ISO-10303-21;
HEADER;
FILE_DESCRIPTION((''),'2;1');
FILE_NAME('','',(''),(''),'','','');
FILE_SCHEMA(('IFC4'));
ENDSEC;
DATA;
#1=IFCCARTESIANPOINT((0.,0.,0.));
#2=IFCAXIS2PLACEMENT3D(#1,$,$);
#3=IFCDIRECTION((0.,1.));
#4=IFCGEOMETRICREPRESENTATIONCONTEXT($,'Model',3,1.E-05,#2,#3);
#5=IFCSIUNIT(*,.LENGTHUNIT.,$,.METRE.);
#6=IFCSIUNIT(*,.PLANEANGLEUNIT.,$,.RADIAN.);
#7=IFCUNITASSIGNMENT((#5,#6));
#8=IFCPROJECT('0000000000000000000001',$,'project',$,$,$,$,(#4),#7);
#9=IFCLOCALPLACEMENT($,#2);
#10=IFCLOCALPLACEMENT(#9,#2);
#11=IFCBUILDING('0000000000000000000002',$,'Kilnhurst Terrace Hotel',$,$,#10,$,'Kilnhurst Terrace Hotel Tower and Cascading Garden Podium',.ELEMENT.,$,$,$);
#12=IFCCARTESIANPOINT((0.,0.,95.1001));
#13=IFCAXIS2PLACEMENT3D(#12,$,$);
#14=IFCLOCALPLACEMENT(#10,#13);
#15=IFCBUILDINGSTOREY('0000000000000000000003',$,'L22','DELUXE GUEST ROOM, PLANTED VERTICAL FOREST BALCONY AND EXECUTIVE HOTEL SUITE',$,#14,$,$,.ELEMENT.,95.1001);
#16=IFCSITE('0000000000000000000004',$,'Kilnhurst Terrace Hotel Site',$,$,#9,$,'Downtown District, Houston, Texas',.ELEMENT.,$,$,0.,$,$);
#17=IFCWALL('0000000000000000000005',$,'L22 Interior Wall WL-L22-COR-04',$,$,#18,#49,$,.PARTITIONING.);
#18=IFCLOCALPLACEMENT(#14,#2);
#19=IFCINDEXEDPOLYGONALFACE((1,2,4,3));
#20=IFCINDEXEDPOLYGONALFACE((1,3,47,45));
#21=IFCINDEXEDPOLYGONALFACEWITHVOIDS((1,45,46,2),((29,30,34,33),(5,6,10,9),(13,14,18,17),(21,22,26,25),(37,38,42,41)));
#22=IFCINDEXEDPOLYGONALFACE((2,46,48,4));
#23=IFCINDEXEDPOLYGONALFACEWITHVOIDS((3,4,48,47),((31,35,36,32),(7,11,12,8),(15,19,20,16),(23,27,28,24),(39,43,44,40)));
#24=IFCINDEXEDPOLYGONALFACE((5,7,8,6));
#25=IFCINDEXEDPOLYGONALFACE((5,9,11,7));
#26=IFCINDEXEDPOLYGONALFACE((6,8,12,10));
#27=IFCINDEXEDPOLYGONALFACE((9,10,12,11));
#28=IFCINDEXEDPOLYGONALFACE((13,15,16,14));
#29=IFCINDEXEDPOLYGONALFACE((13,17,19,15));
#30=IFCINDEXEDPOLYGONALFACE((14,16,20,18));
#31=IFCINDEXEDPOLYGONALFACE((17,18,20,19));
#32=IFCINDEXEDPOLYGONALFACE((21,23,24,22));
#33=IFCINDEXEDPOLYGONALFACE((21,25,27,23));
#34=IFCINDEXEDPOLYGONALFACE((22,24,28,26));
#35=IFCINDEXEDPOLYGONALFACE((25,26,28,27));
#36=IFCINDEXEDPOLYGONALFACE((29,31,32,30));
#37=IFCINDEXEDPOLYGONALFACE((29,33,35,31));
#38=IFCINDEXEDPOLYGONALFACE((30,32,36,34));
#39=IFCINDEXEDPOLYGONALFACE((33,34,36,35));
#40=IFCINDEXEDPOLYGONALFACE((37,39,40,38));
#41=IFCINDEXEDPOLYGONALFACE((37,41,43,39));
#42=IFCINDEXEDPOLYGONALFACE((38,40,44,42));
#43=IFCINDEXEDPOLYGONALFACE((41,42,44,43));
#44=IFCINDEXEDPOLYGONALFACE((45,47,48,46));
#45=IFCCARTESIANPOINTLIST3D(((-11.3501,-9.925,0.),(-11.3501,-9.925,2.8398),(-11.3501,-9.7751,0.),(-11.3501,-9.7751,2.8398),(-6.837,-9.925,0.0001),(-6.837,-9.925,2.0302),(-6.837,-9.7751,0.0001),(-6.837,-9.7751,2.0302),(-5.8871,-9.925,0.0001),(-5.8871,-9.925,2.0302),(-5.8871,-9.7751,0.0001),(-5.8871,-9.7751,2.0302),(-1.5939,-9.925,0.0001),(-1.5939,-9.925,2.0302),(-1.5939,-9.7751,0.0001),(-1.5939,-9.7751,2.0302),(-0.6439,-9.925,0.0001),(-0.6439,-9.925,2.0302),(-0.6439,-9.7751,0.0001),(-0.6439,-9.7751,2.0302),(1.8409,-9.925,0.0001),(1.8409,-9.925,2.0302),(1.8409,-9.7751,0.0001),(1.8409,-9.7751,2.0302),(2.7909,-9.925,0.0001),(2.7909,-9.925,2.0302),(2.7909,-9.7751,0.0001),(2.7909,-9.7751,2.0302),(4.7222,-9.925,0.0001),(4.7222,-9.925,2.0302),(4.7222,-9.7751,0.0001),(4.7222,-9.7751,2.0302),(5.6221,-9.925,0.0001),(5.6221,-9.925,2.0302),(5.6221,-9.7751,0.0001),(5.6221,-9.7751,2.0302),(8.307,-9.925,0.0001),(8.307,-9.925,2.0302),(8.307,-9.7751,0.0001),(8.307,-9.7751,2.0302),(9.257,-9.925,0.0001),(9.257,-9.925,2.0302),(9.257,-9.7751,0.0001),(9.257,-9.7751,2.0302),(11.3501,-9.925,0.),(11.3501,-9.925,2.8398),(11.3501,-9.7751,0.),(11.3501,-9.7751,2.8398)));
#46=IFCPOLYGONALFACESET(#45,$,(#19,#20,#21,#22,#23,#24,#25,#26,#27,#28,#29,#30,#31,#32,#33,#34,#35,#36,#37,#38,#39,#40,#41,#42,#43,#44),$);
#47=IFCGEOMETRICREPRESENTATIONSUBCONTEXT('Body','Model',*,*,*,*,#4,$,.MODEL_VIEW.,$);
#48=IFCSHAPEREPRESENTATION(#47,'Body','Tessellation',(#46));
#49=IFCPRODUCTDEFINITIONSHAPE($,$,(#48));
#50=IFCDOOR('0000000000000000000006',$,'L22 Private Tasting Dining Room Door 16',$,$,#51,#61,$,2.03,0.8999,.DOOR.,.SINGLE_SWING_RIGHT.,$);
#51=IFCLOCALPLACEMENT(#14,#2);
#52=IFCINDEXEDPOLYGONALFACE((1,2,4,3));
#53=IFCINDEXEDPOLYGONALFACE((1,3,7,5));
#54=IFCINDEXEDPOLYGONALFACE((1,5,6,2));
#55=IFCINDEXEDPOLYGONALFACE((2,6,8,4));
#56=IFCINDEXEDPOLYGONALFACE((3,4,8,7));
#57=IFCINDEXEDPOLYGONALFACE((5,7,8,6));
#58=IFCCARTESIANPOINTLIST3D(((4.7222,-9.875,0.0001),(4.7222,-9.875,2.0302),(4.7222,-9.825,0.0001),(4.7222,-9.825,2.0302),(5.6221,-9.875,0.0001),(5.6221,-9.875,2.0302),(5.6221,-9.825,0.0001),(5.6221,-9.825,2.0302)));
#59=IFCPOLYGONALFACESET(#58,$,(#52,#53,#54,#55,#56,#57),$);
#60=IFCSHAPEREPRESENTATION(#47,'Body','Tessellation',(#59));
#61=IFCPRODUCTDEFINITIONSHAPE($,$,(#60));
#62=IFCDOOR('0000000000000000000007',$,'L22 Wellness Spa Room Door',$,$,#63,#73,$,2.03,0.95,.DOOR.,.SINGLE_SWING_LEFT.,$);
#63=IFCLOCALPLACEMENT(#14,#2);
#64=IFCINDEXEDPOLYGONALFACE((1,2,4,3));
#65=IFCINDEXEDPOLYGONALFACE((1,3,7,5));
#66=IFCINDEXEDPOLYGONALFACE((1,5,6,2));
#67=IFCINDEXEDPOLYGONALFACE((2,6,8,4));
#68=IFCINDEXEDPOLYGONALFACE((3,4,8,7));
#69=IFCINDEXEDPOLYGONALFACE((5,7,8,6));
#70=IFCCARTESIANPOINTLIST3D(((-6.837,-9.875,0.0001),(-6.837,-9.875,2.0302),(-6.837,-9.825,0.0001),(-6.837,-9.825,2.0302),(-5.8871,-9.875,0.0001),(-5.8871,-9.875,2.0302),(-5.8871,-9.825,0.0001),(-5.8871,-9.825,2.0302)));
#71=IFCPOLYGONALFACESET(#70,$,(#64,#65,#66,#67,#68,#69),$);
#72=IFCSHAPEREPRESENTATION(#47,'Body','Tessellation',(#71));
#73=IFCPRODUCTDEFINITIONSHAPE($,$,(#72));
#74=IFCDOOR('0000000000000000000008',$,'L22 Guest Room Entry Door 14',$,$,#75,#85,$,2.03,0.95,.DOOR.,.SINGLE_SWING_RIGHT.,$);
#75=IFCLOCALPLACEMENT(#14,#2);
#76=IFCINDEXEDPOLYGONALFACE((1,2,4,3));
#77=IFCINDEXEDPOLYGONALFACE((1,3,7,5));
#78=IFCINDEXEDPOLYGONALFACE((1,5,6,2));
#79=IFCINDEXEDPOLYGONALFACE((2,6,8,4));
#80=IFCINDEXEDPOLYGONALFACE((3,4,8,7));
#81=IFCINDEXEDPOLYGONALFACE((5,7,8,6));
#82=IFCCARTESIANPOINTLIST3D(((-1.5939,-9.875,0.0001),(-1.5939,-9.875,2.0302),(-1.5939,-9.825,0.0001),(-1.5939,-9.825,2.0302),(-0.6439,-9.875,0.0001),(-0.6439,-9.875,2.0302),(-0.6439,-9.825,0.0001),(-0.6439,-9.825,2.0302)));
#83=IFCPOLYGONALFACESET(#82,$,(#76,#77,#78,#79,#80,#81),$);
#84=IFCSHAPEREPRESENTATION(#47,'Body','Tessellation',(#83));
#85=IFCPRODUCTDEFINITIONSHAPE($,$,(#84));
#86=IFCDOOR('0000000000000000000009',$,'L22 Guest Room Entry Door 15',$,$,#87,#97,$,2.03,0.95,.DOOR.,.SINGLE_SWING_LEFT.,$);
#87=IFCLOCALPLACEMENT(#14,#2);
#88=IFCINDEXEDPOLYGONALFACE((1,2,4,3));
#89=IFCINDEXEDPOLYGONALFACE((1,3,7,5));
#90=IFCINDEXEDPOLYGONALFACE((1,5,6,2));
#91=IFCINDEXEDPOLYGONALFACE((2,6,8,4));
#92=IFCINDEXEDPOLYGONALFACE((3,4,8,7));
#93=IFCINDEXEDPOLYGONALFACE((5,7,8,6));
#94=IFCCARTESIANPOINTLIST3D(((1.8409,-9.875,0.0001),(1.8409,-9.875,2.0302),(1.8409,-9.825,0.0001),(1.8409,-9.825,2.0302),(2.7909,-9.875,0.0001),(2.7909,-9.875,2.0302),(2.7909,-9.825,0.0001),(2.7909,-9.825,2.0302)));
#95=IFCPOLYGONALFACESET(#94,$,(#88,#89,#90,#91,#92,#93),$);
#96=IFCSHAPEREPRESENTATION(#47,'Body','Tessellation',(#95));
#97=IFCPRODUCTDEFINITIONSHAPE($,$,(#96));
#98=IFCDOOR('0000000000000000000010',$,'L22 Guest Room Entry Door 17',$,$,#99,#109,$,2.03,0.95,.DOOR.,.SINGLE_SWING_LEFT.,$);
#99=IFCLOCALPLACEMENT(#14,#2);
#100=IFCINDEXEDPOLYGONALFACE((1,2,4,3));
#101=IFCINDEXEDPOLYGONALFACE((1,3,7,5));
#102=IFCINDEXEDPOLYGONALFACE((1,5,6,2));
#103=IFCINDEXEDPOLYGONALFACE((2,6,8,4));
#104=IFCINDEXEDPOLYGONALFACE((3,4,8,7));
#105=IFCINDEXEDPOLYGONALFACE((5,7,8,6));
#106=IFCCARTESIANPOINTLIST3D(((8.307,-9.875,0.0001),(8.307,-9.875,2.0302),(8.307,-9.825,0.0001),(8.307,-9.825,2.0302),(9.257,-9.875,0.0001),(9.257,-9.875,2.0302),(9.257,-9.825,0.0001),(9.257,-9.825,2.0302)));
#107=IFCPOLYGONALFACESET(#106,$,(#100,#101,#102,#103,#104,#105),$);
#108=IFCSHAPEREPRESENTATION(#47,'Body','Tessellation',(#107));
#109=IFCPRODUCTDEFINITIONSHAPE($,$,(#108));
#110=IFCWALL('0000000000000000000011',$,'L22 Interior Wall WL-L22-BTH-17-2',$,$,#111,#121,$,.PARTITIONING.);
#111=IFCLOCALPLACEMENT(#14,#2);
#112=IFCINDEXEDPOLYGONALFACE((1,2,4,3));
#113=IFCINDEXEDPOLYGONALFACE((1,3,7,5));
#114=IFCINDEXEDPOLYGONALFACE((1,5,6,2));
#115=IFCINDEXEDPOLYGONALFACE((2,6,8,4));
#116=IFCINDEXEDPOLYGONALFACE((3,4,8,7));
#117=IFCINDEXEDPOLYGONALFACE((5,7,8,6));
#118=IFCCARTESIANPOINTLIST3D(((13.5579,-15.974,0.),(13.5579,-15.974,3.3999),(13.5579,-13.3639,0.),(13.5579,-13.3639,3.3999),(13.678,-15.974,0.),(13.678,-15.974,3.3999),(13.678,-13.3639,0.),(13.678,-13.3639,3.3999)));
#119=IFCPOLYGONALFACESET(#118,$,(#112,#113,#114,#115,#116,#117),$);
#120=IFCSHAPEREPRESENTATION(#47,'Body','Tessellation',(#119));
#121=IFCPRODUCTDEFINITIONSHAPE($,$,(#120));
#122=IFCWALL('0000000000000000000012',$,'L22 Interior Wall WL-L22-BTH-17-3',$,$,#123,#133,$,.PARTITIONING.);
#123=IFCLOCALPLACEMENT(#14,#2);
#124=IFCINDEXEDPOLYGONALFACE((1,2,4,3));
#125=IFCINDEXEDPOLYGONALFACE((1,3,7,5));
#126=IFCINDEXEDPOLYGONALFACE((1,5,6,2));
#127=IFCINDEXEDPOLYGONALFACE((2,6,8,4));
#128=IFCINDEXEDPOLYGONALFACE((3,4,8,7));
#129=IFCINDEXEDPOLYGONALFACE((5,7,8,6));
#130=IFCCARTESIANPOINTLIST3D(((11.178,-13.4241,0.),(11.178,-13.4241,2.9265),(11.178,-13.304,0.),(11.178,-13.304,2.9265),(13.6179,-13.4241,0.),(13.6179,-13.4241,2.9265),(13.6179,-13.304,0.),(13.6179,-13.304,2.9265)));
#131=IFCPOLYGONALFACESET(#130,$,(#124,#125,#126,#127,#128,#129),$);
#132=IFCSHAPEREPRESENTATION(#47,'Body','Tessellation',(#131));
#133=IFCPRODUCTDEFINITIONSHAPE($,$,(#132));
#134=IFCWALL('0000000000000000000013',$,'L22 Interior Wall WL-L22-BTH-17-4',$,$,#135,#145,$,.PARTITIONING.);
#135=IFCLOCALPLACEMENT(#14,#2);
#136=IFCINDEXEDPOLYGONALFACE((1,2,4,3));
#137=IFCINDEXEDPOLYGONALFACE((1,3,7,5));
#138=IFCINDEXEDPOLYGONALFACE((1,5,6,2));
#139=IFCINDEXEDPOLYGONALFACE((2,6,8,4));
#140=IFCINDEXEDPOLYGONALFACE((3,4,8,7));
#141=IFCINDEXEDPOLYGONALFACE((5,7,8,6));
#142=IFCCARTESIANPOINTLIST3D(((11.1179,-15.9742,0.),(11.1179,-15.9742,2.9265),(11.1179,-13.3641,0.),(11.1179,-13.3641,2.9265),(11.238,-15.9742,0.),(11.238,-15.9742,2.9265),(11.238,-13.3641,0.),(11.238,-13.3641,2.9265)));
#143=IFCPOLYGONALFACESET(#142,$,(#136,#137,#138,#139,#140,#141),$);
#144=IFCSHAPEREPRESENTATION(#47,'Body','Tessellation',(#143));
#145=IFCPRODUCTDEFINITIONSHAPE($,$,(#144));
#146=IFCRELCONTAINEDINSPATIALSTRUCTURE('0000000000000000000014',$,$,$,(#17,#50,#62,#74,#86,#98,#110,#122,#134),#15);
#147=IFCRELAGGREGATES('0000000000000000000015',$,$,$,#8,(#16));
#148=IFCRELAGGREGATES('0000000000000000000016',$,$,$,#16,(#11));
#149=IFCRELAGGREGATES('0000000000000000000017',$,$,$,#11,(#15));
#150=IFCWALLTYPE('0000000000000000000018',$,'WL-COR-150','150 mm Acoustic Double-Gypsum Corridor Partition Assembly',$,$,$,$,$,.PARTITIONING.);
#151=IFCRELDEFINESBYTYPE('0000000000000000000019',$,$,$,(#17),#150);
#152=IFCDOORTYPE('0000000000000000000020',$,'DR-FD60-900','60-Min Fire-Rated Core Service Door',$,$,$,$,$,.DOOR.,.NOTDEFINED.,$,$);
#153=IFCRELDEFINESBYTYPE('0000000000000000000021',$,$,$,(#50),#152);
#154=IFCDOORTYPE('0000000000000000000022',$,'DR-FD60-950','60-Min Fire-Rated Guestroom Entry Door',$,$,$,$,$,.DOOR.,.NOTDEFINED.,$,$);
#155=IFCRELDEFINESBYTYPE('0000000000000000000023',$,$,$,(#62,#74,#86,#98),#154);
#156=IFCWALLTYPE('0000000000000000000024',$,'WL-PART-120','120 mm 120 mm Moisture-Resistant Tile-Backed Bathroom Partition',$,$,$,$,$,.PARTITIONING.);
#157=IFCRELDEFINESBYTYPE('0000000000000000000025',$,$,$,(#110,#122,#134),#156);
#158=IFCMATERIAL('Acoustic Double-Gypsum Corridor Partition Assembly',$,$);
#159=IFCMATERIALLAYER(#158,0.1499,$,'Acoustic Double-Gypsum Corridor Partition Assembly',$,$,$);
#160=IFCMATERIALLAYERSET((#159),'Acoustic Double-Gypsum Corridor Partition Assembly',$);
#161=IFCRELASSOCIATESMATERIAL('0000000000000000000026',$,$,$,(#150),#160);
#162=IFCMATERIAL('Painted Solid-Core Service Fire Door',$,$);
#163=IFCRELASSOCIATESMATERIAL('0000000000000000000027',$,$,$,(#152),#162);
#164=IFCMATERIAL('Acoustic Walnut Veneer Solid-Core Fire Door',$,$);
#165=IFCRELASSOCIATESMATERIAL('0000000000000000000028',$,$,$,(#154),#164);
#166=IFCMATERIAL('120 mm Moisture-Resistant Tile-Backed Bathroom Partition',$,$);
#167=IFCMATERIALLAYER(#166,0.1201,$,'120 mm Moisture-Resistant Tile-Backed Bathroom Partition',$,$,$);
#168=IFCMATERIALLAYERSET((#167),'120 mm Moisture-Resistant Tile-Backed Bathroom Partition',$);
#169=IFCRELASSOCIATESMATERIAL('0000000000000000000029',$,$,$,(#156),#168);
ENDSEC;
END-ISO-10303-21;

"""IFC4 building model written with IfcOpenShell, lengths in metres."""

from ifc_helpers import new_model, si_unit, direction, frame, frame_2d, origin, place, context, subcontext, project, spatial, rectangle, extrude, material, layer, layer_set, type_object, element, fill, save


model = new_model("IFC4")

# Units and contexts
model_context = context("Model", 3, precision=1e-05, world=origin(), true_north=direction((0.0, 1.0)))
body_context = subcontext(model_context, "Body", "Model", "MODEL_VIEW")
ifc_project = project(units=[si_unit("LENGTHUNIT", "METRE"), si_unit("PLANEANGLEUNIT", "RADIAN")], contexts=[model_context])

# Site, building, storey
site_placement = place(None, origin())
site = spatial("IfcSite", under=ifc_project, at=site_placement, Name="Kilnhurst Terrace Hotel Site", LongName="Downtown District, Houston, Texas", CompositionType="ELEMENT", RefElevation=0.0)
building_placement = place(site_placement, origin())
building = spatial("IfcBuilding", under=site, at=building_placement, Name="Kilnhurst Terrace Hotel", LongName="Kilnhurst Terrace Hotel Tower and Cascading Garden Podium", CompositionType="ELEMENT")
storey_placement = place(building_placement, frame((0.0, 0.0, 95.1001)))
storey = spatial("IfcBuildingStorey", under=building, at=storey_placement, Name="L22", Description="DELUXE GUEST ROOM, PLANTED VERTICAL FOREST BALCONY AND EXECUTIVE HOTEL SUITE", CompositionType="ELEMENT", Elevation=95.1001)

# Wall, openings, doors
ifc_material_1 = material(Name="Acoustic Double-Gypsum Corridor Partition Assembly")
ifc_layer_1 = layer(ifc_material_1, 0.1499, Name="Acoustic Double-Gypsum Corridor Partition Assembly")
ifc_layer_set_1 = layer_set([ifc_layer_1], Name="Acoustic Double-Gypsum Corridor Partition Assembly")
wall_type_1 = type_object("IfcWallType", Name="WL-COR-150", Description="150 mm Acoustic Double-Gypsum Corridor Partition Assembly", PredefinedType="PARTITIONING", material=ifc_layer_set_1)
wall_1_placement = place(storey_placement, frame((11.3501, -9.8501, 0.0), z_axis=(0.0, 0.0, 1.0), x_axis=(-1.0, 0.0, 0.0)))
wall_1 = element("IfcWall", 1, at=wall_1_placement, inside=storey, type_object=wall_type_1, Name="L22 Interior Wall WL-L22-COR-04", PredefinedType="PARTITIONING", context=body_context, shape_type="SweptSolid", body=[
    extrude(rectangle(XDim=22.7002, YDim=0.1499, at=frame_2d((11.3501, 0.0))), origin(), (0.0, 0.0, 1.0), 2.8398),
])
opening_1_placement = place(wall_1_placement, frame((17.2371, 0.0, 0.0)))
opening_1 = element("IfcOpeningElement", 2, at=opening_1_placement, cuts=wall_1, PredefinedType="OPENING", context=body_context, shape_type="SweptSolid", body=[
    extrude(rectangle(XDim=0.95, YDim=2.03, at=frame_2d((0.4751, 1.0151))), frame((0.0, 0.085, 0.0), z_axis=(0.0, -1.0, 0.0), x_axis=(1.0, 0.0, 0.0)), (0.0, 0.0, 1.0), 0.1699),
])
opening_2_placement = place(wall_1_placement, frame((11.9939, 0.0, 0.0)))
opening_2 = element("IfcOpeningElement", 3, at=opening_2_placement, cuts=wall_1, PredefinedType="OPENING", context=body_context, shape_type="SweptSolid", body=[
    extrude(rectangle(XDim=0.95, YDim=2.03, at=frame_2d((0.4751, 1.0151))), frame((0.0, 0.085, 0.0), z_axis=(0.0, -1.0, 0.0), x_axis=(1.0, 0.0, 0.0)), (0.0, 0.0, 1.0), 0.1699),
])
opening_3_placement = place(wall_1_placement, frame((8.5591, 0.0, 0.0)))
opening_3 = element("IfcOpeningElement", 4, at=opening_3_placement, cuts=wall_1, PredefinedType="OPENING", context=body_context, shape_type="SweptSolid", body=[
    extrude(rectangle(XDim=0.95, YDim=2.03, at=frame_2d((0.4751, 1.0151))), frame((0.0, 0.085, 0.0), z_axis=(0.0, -1.0, 0.0), x_axis=(1.0, 0.0, 0.0)), (0.0, 0.0, 1.0), 0.1699),
])
opening_4_placement = place(wall_1_placement, frame((5.728, 0.0, 0.0)))
opening_4 = element("IfcOpeningElement", 5, at=opening_4_placement, cuts=wall_1, PredefinedType="OPENING", context=body_context, shape_type="SweptSolid", body=[
    extrude(rectangle(XDim=0.8999, YDim=2.03, at=frame_2d((0.45, 1.0151))), frame((0.0, 0.085, 0.0), z_axis=(0.0, -1.0, 0.0), x_axis=(1.0, 0.0, 0.0)), (0.0, 0.0, 1.0), 0.1699),
])
opening_5_placement = place(wall_1_placement, frame((2.093, 0.0, 0.0)))
opening_5 = element("IfcOpeningElement", 6, at=opening_5_placement, cuts=wall_1, PredefinedType="OPENING", context=body_context, shape_type="SweptSolid", body=[
    extrude(rectangle(XDim=0.95, YDim=2.03, at=frame_2d((0.4751, 1.0151))), frame((0.0, 0.085, 0.0), z_axis=(0.0, -1.0, 0.0), x_axis=(1.0, 0.0, 0.0)), (0.0, 0.0, 1.0), 0.1699),
])
ifc_material_2 = material(Name="Painted Solid-Core Service Fire Door")
door_type_1 = type_object("IfcDoorType", Name="DR-FD60-900", Description="60-Min Fire-Rated Core Service Door", OperationType="NOTDEFINED", PredefinedType="DOOR", material=ifc_material_2)
door_1_placement = place(opening_4_placement, origin())
door_1 = element("IfcDoor", 7, at=door_1_placement, inside=storey, type_object=door_type_1, Name="L22 Private Tasting Dining Room Door 16", OperationType="SINGLE_SWING_RIGHT", OverallHeight=2.03, OverallWidth=0.8999, PredefinedType="DOOR", context=body_context, shape_type="SweptSolid", body=[
    extrude(rectangle(XDim=0.8999, YDim=2.03, at=frame_2d((0.45, 1.0151))), frame((0.0, 0.0249, 0.0), z_axis=(0.0, -1.0, 0.0), x_axis=(1.0, 0.0, 0.0)), (0.0, 0.0, 1.0), 0.05),
])
fill(opening_4, door_1)
ifc_material_3 = material(Name="Acoustic Walnut Veneer Solid-Core Fire Door")
door_type_2 = type_object("IfcDoorType", Name="DR-FD60-950", Description="60-Min Fire-Rated Guestroom Entry Door", OperationType="NOTDEFINED", PredefinedType="DOOR", material=ifc_material_3)
door_2_placement = place(opening_1_placement, origin())
door_2 = element("IfcDoor", 8, at=door_2_placement, inside=storey, type_object=door_type_2, Name="L22 Wellness Spa Room Door", OperationType="SINGLE_SWING_LEFT", OverallHeight=2.03, OverallWidth=0.95, PredefinedType="DOOR", context=body_context, shape_type="SweptSolid", body=[
    extrude(rectangle(XDim=0.95, YDim=2.03, at=frame_2d((0.4751, 1.0151))), frame((0.0, 0.0249, 0.0), z_axis=(0.0, -1.0, 0.0), x_axis=(1.0, 0.0, 0.0)), (0.0, 0.0, 1.0), 0.05),
])
fill(opening_1, door_2)
door_3_placement = place(opening_2_placement, origin())
door_3 = element("IfcDoor", 9, at=door_3_placement, inside=storey, type_object=door_type_2, Name="L22 Guest Room Entry Door 14", OperationType="SINGLE_SWING_RIGHT", OverallHeight=2.03, OverallWidth=0.95, PredefinedType="DOOR", context=body_context, shape_type="SweptSolid", body=[
    extrude(rectangle(XDim=0.95, YDim=2.03, at=frame_2d((0.4751, 1.0151))), frame((0.0, 0.0249, 0.0), z_axis=(0.0, -1.0, 0.0), x_axis=(1.0, 0.0, 0.0)), (0.0, 0.0, 1.0), 0.05),
])
fill(opening_2, door_3)
door_4_placement = place(opening_3_placement, origin())
door_4 = element("IfcDoor", 10, at=door_4_placement, inside=storey, type_object=door_type_2, Name="L22 Guest Room Entry Door 15", OperationType="SINGLE_SWING_LEFT", OverallHeight=2.03, OverallWidth=0.95, PredefinedType="DOOR", context=body_context, shape_type="SweptSolid", body=[
    extrude(rectangle(XDim=0.95, YDim=2.03, at=frame_2d((0.4751, 1.0151))), frame((0.0, 0.0249, 0.0), z_axis=(0.0, -1.0, 0.0), x_axis=(1.0, 0.0, 0.0)), (0.0, 0.0, 1.0), 0.05),
])
fill(opening_3, door_4)
door_5_placement = place(opening_5_placement, origin())
door_5 = element("IfcDoor", 11, at=door_5_placement, inside=storey, type_object=door_type_2, Name="L22 Guest Room Entry Door 17", OperationType="SINGLE_SWING_LEFT", OverallHeight=2.03, OverallWidth=0.95, PredefinedType="DOOR", context=body_context, shape_type="SweptSolid", body=[
    extrude(rectangle(XDim=0.95, YDim=2.03, at=frame_2d((0.4751, 1.0151))), frame((0.0, 0.0249, 0.0), z_axis=(0.0, -1.0, 0.0), x_axis=(1.0, 0.0, 0.0)), (0.0, 0.0, 1.0), 0.05),
])
fill(opening_5, door_5)

# Walls
ifc_material_4 = material(Name="120 mm Moisture-Resistant Tile-Backed Bathroom Partition")
ifc_layer_2 = layer(ifc_material_4, 0.1201, Name="120 mm Moisture-Resistant Tile-Backed Bathroom Partition")
ifc_layer_set_2 = layer_set([ifc_layer_2], Name="120 mm Moisture-Resistant Tile-Backed Bathroom Partition")
wall_type_2 = type_object("IfcWallType", Name="WL-PART-120", Description="120 mm 120 mm Moisture-Resistant Tile-Backed Bathroom Partition", PredefinedType="PARTITIONING", material=ifc_layer_set_2)
wall_2_placement = place(storey_placement, frame((13.6179, -15.9741, 0.0), z_axis=(0.0, 0.0, 1.0), x_axis=(0.0, 1.0, 0.0)))
element("IfcWall", 12, at=wall_2_placement, inside=storey, type_object=wall_type_2, Name="L22 Interior Wall WL-L22-BTH-17-2", PredefinedType="PARTITIONING", context=body_context, shape_type="SweptSolid", body=[
    extrude(rectangle(XDim=2.6101, YDim=0.1201, at=frame_2d((1.3052, 0.0))), origin(), (0.0, 0.0, 1.0), 3.3999),
])
wall_3_placement = place(storey_placement, frame((13.6179, -13.364, 0.0), z_axis=(0.0, 0.0, 1.0), x_axis=(-1.0, 0.0, 0.0)))
element("IfcWall", 13, at=wall_3_placement, inside=storey, type_object=wall_type_2, Name="L22 Interior Wall WL-L22-BTH-17-3", PredefinedType="PARTITIONING", context=body_context, shape_type="SweptSolid", body=[
    extrude(rectangle(XDim=2.4399, YDim=0.1201, at=frame_2d((1.22, 0.0))), origin(), (0.0, 0.0, 1.0), 2.9265),
])
wall_4_placement = place(storey_placement, frame((11.178, -13.364, 0.0), z_axis=(0.0, 0.0, 1.0), x_axis=(0.0, -1.0, 0.0)))
element("IfcWall", 14, at=wall_4_placement, inside=storey, type_object=wall_type_2, Name="L22 Interior Wall WL-L22-BTH-17-4", PredefinedType="PARTITIONING", context=body_context, shape_type="SweptSolid", body=[
    extrude(rectangle(XDim=2.6101, YDim=0.1201, at=frame_2d((1.3052, 0.0))), origin(), (0.0, 0.0, 1.0), 2.9265),
])

save(model, "model.ifc")
